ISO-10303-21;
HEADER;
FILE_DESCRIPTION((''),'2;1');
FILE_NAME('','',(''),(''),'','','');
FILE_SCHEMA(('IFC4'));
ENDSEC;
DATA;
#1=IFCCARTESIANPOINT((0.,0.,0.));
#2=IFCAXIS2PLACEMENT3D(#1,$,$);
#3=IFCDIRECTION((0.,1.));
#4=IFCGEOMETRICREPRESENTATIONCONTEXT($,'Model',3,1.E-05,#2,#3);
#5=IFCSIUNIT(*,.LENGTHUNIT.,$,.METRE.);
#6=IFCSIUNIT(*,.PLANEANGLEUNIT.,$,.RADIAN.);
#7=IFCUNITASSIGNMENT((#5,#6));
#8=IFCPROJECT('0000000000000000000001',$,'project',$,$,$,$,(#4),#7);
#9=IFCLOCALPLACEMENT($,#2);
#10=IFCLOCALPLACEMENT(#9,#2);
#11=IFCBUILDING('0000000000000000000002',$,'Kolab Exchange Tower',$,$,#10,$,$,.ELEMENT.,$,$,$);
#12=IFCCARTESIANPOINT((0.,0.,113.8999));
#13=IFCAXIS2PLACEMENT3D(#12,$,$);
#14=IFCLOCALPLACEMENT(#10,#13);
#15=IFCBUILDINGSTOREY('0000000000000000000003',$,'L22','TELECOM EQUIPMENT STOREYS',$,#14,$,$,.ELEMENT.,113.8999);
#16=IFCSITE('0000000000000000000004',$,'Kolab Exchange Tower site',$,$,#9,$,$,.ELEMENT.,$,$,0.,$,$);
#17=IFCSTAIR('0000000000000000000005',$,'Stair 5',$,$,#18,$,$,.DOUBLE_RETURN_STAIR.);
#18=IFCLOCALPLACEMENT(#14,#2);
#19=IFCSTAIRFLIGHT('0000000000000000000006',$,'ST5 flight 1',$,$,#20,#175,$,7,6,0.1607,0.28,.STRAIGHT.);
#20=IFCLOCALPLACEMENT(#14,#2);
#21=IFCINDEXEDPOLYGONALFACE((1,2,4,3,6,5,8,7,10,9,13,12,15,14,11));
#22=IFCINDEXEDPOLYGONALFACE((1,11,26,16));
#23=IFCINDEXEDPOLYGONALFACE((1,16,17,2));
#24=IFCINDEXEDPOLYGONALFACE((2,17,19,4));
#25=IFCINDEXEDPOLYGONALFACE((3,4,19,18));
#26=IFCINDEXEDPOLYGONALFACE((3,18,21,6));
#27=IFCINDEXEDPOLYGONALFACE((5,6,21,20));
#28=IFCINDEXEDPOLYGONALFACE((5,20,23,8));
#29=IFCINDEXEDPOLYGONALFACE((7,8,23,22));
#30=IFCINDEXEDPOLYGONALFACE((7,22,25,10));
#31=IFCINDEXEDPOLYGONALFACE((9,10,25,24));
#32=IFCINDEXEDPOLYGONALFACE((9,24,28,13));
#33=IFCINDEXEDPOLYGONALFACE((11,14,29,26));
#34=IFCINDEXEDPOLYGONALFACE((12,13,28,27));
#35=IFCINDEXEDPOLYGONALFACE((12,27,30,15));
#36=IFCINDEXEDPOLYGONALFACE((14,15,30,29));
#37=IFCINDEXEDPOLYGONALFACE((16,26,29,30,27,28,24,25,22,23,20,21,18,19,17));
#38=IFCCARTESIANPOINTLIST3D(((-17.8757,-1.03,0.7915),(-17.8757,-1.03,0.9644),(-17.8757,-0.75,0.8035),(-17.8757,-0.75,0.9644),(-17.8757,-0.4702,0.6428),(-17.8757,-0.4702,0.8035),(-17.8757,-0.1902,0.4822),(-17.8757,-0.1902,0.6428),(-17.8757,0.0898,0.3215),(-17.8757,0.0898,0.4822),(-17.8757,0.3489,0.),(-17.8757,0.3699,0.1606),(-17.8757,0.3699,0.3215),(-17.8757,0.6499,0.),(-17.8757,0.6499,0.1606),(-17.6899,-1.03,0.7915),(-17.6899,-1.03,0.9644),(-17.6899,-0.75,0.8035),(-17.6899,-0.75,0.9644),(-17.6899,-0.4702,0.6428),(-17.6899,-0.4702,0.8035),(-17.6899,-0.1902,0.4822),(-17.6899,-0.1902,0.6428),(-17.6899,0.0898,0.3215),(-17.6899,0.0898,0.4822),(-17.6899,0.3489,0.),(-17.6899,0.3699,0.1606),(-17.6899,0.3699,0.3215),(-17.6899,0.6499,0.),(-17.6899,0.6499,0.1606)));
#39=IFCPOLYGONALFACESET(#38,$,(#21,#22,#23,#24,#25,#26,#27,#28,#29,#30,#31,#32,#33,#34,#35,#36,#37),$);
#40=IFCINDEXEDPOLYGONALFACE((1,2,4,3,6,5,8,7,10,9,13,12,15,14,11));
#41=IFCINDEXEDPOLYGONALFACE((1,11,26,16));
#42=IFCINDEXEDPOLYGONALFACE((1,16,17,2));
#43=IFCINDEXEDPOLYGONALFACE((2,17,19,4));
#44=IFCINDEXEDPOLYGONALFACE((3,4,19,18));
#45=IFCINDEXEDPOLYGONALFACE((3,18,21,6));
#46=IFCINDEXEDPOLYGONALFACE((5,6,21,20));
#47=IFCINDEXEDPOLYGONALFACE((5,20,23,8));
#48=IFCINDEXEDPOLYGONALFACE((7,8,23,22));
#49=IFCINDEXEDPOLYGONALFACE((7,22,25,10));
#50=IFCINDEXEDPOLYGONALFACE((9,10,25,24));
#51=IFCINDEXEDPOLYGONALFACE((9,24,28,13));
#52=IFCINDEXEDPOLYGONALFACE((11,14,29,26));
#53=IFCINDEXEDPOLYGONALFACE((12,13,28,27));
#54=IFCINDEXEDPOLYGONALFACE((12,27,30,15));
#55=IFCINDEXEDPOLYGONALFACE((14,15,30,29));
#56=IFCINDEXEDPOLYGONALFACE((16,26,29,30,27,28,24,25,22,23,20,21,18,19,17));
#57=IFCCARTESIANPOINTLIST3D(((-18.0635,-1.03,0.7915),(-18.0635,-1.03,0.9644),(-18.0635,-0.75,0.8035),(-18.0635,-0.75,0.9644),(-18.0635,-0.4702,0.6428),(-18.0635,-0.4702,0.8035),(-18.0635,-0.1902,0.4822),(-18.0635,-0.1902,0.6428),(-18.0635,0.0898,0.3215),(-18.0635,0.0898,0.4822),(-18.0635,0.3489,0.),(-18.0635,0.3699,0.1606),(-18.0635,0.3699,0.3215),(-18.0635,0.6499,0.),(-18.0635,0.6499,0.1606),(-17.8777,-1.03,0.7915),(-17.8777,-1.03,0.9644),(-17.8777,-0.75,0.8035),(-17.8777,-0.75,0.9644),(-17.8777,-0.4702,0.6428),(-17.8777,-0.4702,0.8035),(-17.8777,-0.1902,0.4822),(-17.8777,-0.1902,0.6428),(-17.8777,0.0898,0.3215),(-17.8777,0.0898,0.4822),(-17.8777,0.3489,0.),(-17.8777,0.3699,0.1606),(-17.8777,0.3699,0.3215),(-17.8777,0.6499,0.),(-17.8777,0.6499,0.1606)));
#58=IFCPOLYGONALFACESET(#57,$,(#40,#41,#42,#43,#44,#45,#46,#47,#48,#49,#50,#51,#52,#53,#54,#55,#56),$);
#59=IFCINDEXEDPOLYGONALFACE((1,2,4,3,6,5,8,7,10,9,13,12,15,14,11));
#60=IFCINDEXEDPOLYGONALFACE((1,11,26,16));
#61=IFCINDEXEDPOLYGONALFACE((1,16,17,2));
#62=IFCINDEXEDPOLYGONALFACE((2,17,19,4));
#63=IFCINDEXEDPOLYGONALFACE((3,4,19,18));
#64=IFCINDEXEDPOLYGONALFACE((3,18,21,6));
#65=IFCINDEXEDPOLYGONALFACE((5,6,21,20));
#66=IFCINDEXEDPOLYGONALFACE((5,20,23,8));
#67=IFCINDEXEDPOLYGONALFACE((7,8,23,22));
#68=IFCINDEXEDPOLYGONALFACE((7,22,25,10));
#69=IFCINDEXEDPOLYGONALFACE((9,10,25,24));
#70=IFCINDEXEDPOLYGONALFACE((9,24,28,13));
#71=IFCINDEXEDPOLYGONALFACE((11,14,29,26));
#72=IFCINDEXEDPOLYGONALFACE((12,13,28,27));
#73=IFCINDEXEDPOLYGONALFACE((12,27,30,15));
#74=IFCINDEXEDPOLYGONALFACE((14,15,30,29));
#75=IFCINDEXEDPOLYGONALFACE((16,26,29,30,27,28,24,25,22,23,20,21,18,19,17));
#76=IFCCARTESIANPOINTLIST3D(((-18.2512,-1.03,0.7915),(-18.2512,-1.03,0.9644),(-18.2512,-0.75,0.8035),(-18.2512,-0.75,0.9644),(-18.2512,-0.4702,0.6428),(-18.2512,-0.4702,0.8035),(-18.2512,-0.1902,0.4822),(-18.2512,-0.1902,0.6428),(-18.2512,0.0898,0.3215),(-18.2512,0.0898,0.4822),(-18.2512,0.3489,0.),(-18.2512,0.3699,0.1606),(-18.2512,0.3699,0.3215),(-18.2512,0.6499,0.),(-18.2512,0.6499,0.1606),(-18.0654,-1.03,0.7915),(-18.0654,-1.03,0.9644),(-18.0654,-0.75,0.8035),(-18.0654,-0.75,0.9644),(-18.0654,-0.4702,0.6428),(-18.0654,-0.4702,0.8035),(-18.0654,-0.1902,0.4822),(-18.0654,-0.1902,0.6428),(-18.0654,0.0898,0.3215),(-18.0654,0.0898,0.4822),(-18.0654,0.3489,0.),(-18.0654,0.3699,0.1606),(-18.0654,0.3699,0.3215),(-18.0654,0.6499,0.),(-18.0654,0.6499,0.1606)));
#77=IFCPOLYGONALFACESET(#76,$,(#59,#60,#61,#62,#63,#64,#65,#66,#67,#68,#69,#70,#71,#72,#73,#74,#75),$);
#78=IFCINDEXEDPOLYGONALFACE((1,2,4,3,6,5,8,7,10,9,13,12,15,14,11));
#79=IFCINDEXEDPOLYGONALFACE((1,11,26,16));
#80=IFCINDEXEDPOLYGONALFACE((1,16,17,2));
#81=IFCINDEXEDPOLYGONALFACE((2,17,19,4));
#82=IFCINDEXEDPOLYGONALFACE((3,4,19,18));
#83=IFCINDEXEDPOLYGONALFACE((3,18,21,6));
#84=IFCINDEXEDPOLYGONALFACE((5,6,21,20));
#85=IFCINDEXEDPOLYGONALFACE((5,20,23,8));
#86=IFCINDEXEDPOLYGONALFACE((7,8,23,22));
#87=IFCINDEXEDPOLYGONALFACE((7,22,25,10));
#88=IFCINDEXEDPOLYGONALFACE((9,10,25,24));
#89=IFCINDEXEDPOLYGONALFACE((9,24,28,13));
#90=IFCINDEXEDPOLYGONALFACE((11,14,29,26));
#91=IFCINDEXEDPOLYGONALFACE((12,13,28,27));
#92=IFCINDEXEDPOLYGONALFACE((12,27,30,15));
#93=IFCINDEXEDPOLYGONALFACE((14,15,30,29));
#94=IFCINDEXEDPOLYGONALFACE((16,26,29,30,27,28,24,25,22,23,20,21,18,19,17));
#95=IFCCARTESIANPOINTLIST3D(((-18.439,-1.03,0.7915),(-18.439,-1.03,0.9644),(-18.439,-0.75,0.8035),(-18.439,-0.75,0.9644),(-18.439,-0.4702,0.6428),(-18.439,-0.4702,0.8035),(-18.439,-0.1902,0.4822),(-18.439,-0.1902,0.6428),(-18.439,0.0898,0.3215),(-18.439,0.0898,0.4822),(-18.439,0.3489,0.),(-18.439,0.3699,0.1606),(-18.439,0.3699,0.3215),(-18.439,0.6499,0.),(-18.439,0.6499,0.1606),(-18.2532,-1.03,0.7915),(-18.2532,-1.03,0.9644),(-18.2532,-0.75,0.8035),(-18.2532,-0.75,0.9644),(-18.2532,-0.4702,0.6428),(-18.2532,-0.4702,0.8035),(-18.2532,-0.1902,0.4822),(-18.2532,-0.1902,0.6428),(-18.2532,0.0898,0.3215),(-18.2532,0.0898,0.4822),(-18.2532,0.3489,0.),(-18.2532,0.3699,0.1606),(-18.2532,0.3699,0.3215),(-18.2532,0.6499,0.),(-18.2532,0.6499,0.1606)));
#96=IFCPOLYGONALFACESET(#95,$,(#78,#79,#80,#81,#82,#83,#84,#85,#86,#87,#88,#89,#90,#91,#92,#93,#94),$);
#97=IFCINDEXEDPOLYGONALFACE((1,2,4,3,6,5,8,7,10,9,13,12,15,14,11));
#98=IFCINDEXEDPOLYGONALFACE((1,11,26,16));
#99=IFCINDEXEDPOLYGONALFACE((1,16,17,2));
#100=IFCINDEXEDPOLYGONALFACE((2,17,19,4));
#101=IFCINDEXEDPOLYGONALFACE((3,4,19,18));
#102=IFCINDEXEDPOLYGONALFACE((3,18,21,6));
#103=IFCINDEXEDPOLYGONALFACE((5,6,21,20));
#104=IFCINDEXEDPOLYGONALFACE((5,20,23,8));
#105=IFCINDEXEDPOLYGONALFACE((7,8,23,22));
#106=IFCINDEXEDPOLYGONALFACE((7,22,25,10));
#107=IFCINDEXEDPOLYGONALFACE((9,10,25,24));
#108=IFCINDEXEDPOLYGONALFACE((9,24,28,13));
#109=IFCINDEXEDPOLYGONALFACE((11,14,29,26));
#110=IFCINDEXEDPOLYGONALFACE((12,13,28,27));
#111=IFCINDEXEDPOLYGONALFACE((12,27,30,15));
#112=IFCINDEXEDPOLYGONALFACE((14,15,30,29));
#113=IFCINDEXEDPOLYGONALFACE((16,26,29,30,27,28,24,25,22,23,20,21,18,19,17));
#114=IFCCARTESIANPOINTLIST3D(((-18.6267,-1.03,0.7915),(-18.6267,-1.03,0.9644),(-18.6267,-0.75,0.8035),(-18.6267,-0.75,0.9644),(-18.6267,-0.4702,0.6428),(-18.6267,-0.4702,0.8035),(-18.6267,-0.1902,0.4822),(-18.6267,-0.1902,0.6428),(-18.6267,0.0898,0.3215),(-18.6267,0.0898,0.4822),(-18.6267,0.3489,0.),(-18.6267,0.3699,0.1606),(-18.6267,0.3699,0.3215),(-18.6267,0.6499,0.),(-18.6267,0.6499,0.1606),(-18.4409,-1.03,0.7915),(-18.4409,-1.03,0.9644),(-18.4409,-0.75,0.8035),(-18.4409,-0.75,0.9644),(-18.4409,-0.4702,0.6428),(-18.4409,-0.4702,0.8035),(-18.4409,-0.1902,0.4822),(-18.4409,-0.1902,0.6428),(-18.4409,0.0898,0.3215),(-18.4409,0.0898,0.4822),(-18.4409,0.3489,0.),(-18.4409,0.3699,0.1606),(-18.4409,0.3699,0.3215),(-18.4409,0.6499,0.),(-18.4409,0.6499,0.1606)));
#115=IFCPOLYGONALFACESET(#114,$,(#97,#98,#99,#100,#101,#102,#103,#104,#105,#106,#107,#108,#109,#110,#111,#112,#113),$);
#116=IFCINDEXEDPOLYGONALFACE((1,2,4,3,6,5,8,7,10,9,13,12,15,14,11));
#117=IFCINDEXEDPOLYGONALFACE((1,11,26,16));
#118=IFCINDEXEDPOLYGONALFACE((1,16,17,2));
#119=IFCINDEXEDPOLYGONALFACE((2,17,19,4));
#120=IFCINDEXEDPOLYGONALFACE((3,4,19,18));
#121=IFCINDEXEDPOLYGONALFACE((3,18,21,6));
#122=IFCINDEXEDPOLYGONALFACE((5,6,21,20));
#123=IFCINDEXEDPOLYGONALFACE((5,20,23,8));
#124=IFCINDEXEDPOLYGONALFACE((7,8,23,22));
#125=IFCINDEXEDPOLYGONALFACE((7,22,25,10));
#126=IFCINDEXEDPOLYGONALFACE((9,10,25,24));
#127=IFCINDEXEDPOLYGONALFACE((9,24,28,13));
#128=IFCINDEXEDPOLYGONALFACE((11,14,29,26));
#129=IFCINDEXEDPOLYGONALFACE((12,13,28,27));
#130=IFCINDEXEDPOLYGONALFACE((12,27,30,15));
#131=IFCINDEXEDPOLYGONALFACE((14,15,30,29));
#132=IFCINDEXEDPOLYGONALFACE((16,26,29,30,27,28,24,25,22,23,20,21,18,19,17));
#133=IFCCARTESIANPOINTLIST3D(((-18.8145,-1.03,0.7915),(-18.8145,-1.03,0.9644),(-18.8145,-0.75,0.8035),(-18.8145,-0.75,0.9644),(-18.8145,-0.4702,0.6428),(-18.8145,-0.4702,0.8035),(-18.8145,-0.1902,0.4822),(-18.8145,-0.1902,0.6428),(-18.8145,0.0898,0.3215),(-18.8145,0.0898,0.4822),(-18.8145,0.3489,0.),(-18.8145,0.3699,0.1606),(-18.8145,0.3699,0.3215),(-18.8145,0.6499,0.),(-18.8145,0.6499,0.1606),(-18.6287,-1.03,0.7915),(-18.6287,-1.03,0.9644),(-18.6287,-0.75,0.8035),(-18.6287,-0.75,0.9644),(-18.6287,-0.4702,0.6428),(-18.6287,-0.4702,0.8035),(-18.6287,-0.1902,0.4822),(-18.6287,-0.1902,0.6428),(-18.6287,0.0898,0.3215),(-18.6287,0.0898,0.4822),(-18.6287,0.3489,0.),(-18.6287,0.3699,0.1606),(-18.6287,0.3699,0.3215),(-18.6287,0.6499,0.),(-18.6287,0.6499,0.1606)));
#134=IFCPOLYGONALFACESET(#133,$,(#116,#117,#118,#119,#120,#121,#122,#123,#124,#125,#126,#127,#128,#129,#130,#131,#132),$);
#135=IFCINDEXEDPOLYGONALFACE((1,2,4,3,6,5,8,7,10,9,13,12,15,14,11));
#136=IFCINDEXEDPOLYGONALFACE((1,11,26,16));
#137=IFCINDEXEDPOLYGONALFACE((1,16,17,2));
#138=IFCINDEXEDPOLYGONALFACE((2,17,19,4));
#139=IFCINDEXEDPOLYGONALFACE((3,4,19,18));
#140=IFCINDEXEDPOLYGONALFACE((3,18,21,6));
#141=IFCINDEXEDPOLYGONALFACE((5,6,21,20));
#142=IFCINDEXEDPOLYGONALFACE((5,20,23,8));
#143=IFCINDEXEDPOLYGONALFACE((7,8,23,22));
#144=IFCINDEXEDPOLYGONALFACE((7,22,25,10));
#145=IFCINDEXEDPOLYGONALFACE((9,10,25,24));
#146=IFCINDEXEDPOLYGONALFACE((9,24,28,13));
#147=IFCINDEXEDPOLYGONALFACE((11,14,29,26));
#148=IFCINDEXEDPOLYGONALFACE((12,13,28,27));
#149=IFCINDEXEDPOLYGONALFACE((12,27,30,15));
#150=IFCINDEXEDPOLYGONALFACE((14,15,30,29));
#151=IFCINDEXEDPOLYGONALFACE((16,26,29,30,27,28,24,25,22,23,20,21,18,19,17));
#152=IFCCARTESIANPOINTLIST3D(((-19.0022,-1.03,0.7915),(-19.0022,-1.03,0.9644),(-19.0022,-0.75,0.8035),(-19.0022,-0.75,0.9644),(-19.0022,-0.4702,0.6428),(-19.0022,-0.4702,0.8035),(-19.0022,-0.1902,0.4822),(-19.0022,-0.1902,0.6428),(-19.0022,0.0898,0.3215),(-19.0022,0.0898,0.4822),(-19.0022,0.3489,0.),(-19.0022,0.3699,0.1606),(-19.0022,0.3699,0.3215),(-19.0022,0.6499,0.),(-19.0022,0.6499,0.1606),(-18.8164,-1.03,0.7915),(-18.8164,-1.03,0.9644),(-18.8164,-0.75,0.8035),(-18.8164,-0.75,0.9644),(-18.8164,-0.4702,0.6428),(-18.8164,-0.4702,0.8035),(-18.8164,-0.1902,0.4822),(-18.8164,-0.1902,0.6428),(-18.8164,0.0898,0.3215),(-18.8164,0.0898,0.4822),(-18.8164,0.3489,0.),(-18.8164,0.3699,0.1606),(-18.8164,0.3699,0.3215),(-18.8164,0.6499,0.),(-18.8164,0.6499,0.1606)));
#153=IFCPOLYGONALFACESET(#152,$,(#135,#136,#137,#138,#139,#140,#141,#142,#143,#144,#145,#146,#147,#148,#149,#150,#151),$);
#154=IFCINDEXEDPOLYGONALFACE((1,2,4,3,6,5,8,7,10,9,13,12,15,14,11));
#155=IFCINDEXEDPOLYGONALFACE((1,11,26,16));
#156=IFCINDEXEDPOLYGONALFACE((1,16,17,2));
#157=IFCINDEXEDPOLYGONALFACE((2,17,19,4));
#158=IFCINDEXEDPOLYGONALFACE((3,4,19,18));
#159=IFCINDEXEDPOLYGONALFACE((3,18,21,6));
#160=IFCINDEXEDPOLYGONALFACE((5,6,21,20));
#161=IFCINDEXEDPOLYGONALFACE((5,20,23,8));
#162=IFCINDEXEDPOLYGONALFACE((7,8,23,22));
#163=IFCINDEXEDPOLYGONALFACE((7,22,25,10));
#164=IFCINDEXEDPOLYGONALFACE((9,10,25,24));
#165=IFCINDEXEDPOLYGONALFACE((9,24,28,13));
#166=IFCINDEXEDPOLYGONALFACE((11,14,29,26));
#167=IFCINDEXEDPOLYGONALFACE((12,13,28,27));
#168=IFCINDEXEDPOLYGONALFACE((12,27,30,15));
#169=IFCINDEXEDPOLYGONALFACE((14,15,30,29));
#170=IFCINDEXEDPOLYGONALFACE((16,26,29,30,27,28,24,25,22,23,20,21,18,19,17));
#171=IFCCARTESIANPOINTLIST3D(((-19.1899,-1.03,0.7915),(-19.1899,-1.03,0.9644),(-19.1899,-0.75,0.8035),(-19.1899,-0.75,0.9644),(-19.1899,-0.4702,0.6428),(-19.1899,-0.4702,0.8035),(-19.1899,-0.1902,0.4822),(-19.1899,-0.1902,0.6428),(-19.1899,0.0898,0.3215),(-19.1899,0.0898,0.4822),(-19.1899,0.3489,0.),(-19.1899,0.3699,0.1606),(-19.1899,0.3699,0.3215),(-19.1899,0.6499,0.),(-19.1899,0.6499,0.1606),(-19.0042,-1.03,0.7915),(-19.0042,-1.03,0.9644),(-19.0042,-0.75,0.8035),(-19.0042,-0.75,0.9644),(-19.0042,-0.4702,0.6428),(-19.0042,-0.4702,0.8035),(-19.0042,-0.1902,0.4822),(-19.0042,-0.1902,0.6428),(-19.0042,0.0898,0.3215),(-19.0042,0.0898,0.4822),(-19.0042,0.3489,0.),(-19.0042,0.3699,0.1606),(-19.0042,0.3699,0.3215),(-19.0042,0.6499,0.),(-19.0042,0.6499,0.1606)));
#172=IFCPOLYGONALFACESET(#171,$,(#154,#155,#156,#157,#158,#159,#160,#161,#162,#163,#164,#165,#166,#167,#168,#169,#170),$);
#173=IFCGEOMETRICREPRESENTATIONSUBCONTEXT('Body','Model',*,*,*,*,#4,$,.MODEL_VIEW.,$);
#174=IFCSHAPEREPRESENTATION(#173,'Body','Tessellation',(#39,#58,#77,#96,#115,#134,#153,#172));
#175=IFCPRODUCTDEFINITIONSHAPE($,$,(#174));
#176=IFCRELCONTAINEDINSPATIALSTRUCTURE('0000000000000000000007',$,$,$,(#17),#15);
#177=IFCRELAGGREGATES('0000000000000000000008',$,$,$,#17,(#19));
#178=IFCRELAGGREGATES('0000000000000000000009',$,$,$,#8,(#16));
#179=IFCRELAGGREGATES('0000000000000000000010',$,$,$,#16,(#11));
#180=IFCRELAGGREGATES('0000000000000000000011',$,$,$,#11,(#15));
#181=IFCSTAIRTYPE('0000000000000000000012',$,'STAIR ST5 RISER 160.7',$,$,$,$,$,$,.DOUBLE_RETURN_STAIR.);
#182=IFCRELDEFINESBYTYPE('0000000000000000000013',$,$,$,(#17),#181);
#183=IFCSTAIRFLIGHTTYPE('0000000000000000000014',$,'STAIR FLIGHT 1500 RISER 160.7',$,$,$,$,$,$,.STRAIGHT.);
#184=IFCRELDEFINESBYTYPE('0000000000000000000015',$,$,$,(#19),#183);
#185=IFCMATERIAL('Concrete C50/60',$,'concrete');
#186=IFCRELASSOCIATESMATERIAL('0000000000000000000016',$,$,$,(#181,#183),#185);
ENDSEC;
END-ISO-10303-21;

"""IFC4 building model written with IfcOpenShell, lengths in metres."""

from ifc_helpers import new_model, si_unit, direction, frame, origin, place, context, subcontext, project, spatial, polyline, outline, extrude, material, type_object, element, aggregate, save


model = new_model("IFC4")

# Units and contexts
model_context = context("Model", 3, precision=1e-05, world=origin(), true_north=direction((0.0, 1.0)))
body_context = subcontext(model_context, "Body", "Model", "MODEL_VIEW")
ifc_project = project(units=[si_unit("LENGTHUNIT", "METRE"), si_unit("PLANEANGLEUNIT", "RADIAN")], contexts=[model_context])

# Site, building, storey
site_placement = place(None, origin())
site = spatial("IfcSite", under=ifc_project, at=site_placement, Name="Kolab Exchange Tower site", CompositionType="ELEMENT", RefElevation=0.0)
building_placement = place(site_placement, origin())
building = spatial("IfcBuilding", under=site, at=building_placement, Name="Kolab Exchange Tower", CompositionType="ELEMENT")
storey_placement = place(building_placement, frame((0.0, 0.0, 113.8999)))
storey = spatial("IfcBuildingStorey", under=building, at=storey_placement, Name="L22", Description="TELECOM EQUIPMENT STOREYS", CompositionType="ELEMENT", Elevation=113.8999)

# Shared definitions
ifc_material_1 = material(Name="Concrete C50/60", Category="concrete")

# Stair, stair flight
stair_type = type_object("IfcStairType", Name="STAIR ST5 RISER 160.7", PredefinedType="DOUBLE_RETURN_STAIR", material=ifc_material_1)
stair_placement = place(storey_placement, origin())
stair = element("IfcStair", 1, at=stair_placement, inside=storey, type_object=stair_type, Name="Stair 5", PredefinedType="DOUBLE_RETURN_STAIR")
stair_flight_type = type_object("IfcStairFlightType", Name="STAIR FLIGHT 1500 RISER 160.7", PredefinedType="STRAIGHT", material=ifc_material_1)
stair_flight_1_placement = place(storey_placement, frame((-18.4399, 0.6499, 0.0), z_axis=(0.0, 0.0, 1.0), x_axis=(0.0, -1.0, 0.0)))
stair_flight_1 = element("IfcStairFlight", 2, at=stair_flight_1_placement, type_object=stair_flight_type, Name="ST5 flight 1", NumberOfRisers=7, NumberOfTreads=6, PredefinedType="STRAIGHT", RiserHeight=0.1607, TreadLength=0.28, context=body_context, shape_type="SweptSolid", body=[
    extrude(outline(polyline([(0.0, 0.0), (0.0, 0.1606), (0.28, 0.1606), (0.28, 0.3215), (0.5601, 0.3215), (0.5601, 0.4822), (0.8401, 0.4822), (0.8401, 0.6428), (1.1201, 0.6428), (1.1201, 0.8035), (1.3999, 0.8035), (1.3999, 0.9644), (1.6799, 0.9644), (1.6799, 1.125), (1.6799, 0.7915), (0.301, 0.0), (0.0, 0.0)])), frame((0.0, 0.75, 0.0), z_axis=(0.0, -1.0, 0.0), x_axis=(1.0, 0.0, 0.0)), (0.0, 0.0, 1.0), 0.1858),
    extrude(outline(polyline([(0.0, 0.0), (0.0, 0.1606), (0.28, 0.1606), (0.28, 0.3215), (0.5601, 0.3215), (0.5601, 0.4822), (0.8401, 0.4822), (0.8401, 0.6428), (1.1201, 0.6428), (1.1201, 0.8035), (1.3999, 0.8035), (1.3999, 0.9644), (1.6799, 0.9644), (1.6799, 1.125), (1.6799, 0.7915), (0.301, 0.0), (0.0, 0.0)])), frame((0.0, 0.5623, 0.0), z_axis=(0.0, -1.0, 0.0), x_axis=(1.0, 0.0, 0.0)), (0.0, 0.0, 1.0), 0.1858),
    extrude(outline(polyline([(0.0, 0.0), (0.0, 0.1606), (0.28, 0.1606), (0.28, 0.3215), (0.5601, 0.3215), (0.5601, 0.4822), (0.8401, 0.4822), (0.8401, 0.6428), (1.1201, 0.6428), (1.1201, 0.8035), (1.3999, 0.8035), (1.3999, 0.9644), (1.6799, 0.9644), (1.6799, 1.125), (1.6799, 0.7915), (0.301, 0.0), (0.0, 0.0)])), frame((0.0, 0.3745, 0.0), z_axis=(0.0, -1.0, 0.0), x_axis=(1.0, 0.0, 0.0)), (0.0, 0.0, 1.0), 0.1858),
    extrude(outline(polyline([(0.0, 0.0), (0.0, 0.1606), (0.28, 0.1606), (0.28, 0.3215), (0.5601, 0.3215), (0.5601, 0.4822), (0.8401, 0.4822), (0.8401, 0.6428), (1.1201, 0.6428), (1.1201, 0.8035), (1.3999, 0.8035), (1.3999, 0.9644), (1.6799, 0.9644), (1.6799, 1.125), (1.6799, 0.7915), (0.301, 0.0), (0.0, 0.0)])), frame((0.0, 0.1868, 0.0), z_axis=(0.0, -1.0, 0.0), x_axis=(1.0, 0.0, 0.0)), (0.0, 0.0, 1.0), 0.1858),
    extrude(outline(polyline([(0.0, 0.0), (0.0, 0.1606), (0.28, 0.1606), (0.28, 0.3215), (0.5601, 0.3215), (0.5601, 0.4822), (0.8401, 0.4822), (0.8401, 0.6428), (1.1201, 0.6428), (1.1201, 0.8035), (1.3999, 0.8035), (1.3999, 0.9644), (1.6799, 0.9644), (1.6799, 1.125), (1.6799, 0.7915), (0.301, 0.0), (0.0, 0.0)])), frame((0.0, -0.001, 0.0), z_axis=(0.0, -1.0, 0.0), x_axis=(1.0, 0.0, 0.0)), (0.0, 0.0, 1.0), 0.1858),
    extrude(outline(polyline([(0.0, 0.0), (0.0, 0.1606), (0.28, 0.1606), (0.28, 0.3215), (0.5601, 0.3215), (0.5601, 0.4822), (0.8401, 0.4822), (0.8401, 0.6428), (1.1201, 0.6428), (1.1201, 0.8035), (1.3999, 0.8035), (1.3999, 0.9644), (1.6799, 0.9644), (1.6799, 1.125), (1.6799, 0.7915), (0.301, 0.0), (0.0, 0.0)])), frame((0.0, -0.1887, 0.0), z_axis=(0.0, -1.0, 0.0), x_axis=(1.0, 0.0, 0.0)), (0.0, 0.0, 1.0), 0.1858),
    extrude(outline(polyline([(0.0, 0.0), (0.0, 0.1606), (0.28, 0.1606), (0.28, 0.3215), (0.5601, 0.3215), (0.5601, 0.4822), (0.8401, 0.4822), (0.8401, 0.6428), (1.1201, 0.6428), (1.1201, 0.8035), (1.3999, 0.8035), (1.3999, 0.9644), (1.6799, 0.9644), (1.6799, 1.125), (1.6799, 0.7915), (0.301, 0.0), (0.0, 0.0)])), frame((0.0, -0.3765, 0.0), z_axis=(0.0, -1.0, 0.0), x_axis=(1.0, 0.0, 0.0)), (0.0, 0.0, 1.0), 0.1858),
    extrude(outline(polyline([(0.0, 0.0), (0.0, 0.1606), (0.28, 0.1606), (0.28, 0.3215), (0.5601, 0.3215), (0.5601, 0.4822), (0.8401, 0.4822), (0.8401, 0.6428), (1.1201, 0.6428), (1.1201, 0.8035), (1.3999, 0.8035), (1.3999, 0.9644), (1.6799, 0.9644), (1.6799, 1.125), (1.6799, 0.7915), (0.301, 0.0), (0.0, 0.0)])), frame((0.0, -0.5642, 0.0), z_axis=(0.0, -1.0, 0.0), x_axis=(1.0, 0.0, 0.0)), (0.0, 0.0, 1.0), 0.1858),
])
aggregate(stair, [stair_flight_1])

save(model, "model.ifc")
